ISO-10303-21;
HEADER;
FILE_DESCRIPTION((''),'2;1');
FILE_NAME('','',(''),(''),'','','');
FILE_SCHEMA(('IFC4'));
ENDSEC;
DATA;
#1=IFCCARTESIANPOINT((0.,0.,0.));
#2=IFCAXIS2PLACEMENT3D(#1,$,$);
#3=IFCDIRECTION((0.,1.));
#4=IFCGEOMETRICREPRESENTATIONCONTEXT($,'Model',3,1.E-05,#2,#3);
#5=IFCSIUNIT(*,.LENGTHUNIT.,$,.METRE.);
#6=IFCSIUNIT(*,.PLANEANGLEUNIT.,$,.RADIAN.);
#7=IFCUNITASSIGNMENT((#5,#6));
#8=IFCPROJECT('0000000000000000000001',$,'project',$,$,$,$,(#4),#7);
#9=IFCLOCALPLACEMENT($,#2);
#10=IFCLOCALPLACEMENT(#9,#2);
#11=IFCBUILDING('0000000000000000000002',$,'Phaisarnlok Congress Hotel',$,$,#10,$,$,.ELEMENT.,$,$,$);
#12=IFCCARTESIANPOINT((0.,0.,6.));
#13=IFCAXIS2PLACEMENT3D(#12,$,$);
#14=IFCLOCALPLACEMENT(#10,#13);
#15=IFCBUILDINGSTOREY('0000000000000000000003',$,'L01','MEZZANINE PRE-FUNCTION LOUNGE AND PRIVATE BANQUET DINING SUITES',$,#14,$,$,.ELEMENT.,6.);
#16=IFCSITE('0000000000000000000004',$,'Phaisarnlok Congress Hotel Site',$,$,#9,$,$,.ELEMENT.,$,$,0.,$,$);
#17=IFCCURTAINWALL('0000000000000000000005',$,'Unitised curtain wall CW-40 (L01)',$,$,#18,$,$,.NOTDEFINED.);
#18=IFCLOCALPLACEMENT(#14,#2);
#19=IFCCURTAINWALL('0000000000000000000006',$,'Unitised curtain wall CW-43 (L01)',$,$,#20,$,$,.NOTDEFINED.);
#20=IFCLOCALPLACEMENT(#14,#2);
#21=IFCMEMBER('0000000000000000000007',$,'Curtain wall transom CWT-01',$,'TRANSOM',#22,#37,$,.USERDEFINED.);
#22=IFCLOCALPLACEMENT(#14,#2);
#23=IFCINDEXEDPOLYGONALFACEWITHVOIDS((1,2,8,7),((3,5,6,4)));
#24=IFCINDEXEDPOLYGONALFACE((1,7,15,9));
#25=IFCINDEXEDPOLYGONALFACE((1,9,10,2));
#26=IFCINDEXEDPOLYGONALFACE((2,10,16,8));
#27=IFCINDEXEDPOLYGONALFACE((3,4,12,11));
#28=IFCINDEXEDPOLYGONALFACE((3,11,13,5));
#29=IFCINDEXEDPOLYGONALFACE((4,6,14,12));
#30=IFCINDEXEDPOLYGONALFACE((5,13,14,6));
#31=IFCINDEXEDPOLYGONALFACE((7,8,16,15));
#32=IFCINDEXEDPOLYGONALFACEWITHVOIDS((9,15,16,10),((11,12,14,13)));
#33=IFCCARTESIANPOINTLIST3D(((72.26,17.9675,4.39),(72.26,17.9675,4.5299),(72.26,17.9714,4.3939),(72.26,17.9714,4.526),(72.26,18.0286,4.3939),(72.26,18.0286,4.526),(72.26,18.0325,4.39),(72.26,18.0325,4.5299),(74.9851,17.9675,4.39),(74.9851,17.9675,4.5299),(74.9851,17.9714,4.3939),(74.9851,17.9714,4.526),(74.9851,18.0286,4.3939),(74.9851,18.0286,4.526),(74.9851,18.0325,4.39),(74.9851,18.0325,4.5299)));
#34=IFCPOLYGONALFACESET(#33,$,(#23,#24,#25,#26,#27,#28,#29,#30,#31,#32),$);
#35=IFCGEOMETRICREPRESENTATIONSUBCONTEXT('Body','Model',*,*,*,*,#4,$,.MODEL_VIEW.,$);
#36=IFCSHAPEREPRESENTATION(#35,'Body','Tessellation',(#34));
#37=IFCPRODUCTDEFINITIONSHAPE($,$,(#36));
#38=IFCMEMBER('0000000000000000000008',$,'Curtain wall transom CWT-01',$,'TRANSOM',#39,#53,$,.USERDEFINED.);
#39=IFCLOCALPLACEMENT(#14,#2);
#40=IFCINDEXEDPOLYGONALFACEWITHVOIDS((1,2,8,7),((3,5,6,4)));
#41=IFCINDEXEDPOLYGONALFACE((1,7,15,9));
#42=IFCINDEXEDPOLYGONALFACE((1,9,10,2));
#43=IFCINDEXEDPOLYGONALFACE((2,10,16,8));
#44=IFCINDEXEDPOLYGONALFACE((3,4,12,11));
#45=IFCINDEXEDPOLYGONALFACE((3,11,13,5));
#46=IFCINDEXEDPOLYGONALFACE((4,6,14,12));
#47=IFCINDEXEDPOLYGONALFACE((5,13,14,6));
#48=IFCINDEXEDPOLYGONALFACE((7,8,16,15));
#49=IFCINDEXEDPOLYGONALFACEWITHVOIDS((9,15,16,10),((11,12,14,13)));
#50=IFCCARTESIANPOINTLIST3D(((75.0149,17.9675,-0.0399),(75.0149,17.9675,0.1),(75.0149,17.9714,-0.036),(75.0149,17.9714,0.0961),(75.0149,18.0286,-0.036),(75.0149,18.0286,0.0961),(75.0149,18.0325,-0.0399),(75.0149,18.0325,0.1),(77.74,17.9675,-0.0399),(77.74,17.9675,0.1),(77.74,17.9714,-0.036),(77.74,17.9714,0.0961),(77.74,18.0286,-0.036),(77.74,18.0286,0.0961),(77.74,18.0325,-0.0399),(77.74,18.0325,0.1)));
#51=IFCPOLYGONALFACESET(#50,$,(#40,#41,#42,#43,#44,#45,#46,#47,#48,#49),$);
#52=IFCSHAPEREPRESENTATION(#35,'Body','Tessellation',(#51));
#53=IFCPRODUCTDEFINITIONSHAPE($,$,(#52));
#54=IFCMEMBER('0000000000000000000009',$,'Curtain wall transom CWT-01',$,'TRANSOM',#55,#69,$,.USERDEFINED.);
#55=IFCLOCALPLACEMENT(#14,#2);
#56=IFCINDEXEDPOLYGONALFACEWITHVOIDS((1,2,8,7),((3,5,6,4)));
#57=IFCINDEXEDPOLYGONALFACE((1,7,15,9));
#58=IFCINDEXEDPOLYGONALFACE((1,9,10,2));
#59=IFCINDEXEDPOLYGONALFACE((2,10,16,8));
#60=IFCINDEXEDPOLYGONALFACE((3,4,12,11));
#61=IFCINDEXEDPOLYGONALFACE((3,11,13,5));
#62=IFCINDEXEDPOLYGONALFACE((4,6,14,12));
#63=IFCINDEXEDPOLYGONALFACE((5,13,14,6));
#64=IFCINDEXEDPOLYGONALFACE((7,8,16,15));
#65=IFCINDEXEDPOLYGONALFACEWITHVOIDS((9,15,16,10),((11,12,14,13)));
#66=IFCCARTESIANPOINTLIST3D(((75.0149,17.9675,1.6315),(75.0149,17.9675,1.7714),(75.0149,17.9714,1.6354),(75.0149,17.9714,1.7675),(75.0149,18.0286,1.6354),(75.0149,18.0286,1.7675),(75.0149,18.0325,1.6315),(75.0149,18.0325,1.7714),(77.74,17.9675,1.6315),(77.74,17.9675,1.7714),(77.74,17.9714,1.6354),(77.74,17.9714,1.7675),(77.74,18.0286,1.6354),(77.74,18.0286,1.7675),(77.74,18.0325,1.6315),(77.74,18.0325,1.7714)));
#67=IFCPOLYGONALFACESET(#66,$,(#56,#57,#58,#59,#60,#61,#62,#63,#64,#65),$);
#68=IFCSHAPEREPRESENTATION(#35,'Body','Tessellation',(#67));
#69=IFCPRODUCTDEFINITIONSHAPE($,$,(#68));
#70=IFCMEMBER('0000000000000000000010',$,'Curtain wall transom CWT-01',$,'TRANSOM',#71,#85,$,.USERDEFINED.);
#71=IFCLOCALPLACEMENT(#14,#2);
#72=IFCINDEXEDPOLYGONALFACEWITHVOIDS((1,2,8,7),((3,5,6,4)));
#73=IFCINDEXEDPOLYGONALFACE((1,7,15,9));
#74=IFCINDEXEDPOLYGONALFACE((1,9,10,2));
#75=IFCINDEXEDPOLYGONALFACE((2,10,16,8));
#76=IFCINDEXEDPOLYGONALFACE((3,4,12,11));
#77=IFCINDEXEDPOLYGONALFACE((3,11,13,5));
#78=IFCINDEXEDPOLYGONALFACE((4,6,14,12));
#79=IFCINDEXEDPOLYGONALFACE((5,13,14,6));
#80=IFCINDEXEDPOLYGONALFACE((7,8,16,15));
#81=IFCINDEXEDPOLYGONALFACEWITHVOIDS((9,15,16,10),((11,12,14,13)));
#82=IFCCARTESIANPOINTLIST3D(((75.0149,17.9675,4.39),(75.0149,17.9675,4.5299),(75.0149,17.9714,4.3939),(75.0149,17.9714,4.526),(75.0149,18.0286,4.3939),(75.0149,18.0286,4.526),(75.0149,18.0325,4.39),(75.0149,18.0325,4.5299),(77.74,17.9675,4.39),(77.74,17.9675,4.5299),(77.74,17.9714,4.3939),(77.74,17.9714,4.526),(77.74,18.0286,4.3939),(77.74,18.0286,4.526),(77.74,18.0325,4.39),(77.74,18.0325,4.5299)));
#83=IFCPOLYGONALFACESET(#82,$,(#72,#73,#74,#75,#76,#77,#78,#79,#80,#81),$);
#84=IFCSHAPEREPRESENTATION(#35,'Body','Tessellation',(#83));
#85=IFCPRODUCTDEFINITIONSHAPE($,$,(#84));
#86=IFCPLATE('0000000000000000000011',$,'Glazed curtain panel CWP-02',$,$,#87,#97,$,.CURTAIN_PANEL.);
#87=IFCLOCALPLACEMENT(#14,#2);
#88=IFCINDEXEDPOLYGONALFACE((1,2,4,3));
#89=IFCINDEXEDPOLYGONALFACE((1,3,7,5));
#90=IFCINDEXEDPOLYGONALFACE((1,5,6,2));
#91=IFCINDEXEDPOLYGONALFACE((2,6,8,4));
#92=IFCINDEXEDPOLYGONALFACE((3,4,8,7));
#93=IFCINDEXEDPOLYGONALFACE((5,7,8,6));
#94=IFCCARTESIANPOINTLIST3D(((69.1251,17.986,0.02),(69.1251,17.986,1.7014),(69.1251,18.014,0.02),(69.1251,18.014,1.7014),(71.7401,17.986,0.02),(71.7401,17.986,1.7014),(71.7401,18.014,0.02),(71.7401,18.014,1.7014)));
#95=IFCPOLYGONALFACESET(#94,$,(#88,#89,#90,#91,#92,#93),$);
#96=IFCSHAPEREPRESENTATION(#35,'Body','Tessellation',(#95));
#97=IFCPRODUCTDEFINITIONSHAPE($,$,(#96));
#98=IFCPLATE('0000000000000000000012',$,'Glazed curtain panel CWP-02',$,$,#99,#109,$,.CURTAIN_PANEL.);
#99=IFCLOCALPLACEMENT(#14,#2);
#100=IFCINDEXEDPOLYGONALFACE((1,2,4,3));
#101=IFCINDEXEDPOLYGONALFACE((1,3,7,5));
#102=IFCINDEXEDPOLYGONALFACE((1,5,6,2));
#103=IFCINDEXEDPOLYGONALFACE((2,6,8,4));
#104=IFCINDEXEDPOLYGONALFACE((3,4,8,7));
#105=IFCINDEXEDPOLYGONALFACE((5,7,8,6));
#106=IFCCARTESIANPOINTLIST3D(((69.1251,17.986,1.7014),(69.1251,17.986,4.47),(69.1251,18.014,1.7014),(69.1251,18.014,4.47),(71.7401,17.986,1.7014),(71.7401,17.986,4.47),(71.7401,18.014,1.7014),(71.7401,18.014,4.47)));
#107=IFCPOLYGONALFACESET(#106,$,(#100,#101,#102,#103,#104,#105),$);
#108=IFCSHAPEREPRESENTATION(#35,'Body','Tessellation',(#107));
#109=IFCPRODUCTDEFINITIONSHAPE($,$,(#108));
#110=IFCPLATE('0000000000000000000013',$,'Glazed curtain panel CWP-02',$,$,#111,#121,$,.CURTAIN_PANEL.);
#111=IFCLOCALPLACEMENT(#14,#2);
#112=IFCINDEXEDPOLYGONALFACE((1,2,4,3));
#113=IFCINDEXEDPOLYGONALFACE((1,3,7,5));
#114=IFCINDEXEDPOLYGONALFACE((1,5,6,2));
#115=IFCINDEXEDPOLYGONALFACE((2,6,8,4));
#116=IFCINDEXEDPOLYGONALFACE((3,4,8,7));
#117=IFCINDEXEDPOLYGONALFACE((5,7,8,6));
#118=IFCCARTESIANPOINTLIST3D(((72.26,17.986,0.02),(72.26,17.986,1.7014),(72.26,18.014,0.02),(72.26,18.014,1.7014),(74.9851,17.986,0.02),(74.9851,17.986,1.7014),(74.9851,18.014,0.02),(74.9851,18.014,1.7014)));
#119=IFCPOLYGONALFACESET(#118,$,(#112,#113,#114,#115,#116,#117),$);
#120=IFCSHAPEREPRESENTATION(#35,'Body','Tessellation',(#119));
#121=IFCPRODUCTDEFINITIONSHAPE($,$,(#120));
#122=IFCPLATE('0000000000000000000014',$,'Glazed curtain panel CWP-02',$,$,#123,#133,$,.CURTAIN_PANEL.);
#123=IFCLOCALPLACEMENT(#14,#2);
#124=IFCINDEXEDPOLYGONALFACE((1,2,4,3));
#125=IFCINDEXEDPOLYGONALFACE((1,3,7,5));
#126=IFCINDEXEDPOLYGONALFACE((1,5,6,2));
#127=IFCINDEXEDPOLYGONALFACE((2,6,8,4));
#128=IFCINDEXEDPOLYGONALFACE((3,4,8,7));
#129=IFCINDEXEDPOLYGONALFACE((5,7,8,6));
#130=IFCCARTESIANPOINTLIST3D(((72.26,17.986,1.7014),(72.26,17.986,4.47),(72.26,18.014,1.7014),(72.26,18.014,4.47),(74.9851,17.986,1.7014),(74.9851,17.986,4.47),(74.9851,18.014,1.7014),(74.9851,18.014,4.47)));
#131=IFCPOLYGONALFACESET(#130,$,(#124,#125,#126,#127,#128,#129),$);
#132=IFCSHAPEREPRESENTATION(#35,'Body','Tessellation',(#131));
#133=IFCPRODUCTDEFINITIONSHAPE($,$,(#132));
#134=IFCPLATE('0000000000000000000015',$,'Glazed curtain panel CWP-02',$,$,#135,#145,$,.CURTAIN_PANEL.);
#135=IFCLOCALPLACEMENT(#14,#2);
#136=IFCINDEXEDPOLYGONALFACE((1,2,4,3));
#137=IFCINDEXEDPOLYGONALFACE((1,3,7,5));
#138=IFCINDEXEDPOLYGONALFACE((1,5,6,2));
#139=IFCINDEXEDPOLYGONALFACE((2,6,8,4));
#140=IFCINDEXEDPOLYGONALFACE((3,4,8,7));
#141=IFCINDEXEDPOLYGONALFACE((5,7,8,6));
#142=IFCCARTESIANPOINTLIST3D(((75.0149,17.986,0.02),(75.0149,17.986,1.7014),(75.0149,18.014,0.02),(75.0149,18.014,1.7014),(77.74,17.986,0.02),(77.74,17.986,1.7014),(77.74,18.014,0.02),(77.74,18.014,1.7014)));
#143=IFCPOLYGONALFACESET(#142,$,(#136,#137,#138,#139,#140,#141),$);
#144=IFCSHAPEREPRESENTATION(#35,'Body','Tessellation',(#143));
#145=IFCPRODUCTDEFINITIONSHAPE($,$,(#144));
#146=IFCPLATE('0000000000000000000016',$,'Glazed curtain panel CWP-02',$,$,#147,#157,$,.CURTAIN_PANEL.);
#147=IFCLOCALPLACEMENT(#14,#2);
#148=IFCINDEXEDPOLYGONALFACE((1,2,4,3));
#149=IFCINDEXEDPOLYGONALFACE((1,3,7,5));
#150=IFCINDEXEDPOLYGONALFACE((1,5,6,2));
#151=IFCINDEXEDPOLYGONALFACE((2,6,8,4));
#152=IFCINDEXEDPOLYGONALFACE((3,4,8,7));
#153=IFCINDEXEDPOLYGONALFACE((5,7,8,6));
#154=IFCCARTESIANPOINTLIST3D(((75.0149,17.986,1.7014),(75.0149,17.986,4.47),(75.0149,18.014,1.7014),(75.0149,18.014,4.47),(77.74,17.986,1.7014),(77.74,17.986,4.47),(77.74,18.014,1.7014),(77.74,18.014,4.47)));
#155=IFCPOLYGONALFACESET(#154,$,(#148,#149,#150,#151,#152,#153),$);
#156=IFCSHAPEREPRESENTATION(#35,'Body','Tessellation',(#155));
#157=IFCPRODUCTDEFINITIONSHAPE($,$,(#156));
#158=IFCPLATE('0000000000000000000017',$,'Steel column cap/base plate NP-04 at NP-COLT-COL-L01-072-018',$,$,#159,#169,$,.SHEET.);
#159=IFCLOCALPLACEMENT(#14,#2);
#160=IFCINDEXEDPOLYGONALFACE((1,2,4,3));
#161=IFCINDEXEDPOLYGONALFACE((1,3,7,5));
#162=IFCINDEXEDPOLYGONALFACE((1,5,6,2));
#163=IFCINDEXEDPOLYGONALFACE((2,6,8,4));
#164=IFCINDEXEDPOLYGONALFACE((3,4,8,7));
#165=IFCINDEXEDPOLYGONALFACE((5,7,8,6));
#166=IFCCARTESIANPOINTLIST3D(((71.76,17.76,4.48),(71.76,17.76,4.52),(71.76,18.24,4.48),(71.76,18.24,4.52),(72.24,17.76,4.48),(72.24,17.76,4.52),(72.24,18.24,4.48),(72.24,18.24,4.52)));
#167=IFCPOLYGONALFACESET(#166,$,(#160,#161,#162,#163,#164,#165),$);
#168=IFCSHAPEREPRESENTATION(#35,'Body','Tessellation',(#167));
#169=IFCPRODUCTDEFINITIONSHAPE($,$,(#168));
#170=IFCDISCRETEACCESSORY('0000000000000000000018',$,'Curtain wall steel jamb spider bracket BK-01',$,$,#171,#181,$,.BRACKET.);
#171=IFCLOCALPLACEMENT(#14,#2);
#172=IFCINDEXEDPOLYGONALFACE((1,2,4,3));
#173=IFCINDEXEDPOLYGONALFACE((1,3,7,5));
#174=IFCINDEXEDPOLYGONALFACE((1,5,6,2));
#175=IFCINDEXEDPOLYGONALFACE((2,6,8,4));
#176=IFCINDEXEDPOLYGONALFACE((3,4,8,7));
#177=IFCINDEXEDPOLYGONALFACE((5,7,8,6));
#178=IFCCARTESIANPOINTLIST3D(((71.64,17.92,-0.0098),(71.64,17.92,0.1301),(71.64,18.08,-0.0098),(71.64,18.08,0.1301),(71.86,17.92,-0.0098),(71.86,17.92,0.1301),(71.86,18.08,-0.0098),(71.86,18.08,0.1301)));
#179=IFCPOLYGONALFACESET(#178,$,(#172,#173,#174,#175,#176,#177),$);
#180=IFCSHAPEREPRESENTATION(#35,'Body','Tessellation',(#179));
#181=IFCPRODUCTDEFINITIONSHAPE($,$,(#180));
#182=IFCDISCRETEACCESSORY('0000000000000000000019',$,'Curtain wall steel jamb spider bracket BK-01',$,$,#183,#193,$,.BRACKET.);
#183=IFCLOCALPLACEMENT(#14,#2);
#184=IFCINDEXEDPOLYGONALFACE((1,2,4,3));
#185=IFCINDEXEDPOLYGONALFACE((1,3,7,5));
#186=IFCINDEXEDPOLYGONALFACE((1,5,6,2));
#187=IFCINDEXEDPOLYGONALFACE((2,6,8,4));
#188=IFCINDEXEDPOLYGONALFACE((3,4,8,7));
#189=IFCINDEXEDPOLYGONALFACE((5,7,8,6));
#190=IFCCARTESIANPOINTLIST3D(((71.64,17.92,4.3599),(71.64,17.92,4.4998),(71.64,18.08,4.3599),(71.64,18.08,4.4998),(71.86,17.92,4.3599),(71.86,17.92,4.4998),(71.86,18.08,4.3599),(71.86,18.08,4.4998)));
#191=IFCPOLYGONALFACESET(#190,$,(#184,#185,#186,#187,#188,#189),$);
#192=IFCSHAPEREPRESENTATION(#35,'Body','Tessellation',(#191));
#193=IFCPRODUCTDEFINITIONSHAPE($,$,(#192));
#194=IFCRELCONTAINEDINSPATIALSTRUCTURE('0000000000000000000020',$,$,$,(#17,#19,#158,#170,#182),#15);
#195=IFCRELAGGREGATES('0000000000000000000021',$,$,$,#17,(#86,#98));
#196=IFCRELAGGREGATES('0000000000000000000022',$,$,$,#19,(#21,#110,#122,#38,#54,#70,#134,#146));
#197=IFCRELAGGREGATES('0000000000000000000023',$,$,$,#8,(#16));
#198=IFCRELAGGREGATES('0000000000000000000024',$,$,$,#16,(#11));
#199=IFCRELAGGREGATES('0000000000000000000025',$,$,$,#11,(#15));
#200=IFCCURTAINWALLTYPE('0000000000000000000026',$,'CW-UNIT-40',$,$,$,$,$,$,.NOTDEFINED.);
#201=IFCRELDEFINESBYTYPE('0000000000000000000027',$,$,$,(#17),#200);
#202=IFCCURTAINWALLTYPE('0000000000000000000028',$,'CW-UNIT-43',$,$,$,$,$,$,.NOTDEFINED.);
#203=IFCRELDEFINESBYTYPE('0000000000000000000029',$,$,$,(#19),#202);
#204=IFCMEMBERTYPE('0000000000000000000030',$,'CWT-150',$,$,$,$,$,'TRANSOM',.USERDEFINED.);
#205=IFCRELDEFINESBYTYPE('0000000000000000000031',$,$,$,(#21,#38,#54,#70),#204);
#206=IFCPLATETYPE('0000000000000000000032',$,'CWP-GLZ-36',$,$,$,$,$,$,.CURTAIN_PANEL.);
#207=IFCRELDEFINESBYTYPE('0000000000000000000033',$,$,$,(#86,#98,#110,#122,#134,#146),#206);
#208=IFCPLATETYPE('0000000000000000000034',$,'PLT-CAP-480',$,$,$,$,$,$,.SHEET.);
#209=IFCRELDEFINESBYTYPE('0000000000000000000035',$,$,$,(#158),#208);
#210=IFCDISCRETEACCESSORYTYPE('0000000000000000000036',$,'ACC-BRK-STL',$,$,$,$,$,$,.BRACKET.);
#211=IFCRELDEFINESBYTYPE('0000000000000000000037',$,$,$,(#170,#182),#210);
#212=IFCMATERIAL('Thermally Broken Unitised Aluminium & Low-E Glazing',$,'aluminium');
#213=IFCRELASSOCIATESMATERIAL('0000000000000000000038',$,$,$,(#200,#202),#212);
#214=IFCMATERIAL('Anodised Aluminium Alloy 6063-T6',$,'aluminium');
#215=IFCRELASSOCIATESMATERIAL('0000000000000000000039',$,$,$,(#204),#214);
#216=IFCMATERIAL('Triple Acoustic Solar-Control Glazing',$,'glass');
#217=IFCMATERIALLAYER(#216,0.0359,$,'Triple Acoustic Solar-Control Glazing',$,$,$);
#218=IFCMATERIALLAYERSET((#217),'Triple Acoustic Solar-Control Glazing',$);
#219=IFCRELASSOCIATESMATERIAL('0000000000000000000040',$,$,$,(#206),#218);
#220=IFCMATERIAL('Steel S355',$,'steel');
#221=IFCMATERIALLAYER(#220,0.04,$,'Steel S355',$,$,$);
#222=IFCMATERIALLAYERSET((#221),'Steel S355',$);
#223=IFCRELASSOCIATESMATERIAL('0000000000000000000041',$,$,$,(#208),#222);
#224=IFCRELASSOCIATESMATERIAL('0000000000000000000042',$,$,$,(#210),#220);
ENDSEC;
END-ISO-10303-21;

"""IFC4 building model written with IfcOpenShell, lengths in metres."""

from ifc_helpers import new_model, si_unit, direction, frame, frame_2d, origin, origin_2d, place, context, subcontext, project, spatial, rectangle, hollow_rectangle, extrude, material, layer, layer_set, material_profile, profile_set, type_object, element, aggregate, save


model = new_model("IFC4")

# Units and contexts
model_context = context("Model", 3, precision=1e-05, world=origin(), true_north=direction((0.0, 1.0)))
body_context = subcontext(model_context, "Body", "Model", "MODEL_VIEW")
ifc_project = project(units=[si_unit("LENGTHUNIT", "METRE"), si_unit("PLANEANGLEUNIT", "RADIAN")], contexts=[model_context])

# Site, building, storey
site_placement = place(None, origin())
site = spatial("IfcSite", under=ifc_project, at=site_placement, Name="Phaisarnlok Congress Hotel Site", CompositionType="ELEMENT", RefElevation=0.0)
building_placement = place(site_placement, origin())
building = spatial("IfcBuilding", under=site, at=building_placement, Name="Phaisarnlok Congress Hotel", CompositionType="ELEMENT")
storey_placement = place(building_placement, frame((0.0, 0.0, 6.0)))
storey = spatial("IfcBuildingStorey", under=building, at=storey_placement, Name="L01", Description="MEZZANINE PRE-FUNCTION LOUNGE AND PRIVATE BANQUET DINING SUITES", CompositionType="ELEMENT", Elevation=6.0)

# Shared definitions
ifc_material_1 = material(Name="Steel S355", Category="steel")

# Curtain wall
ifc_material_2 = material(Name="Thermally Broken Unitised Aluminium & Low-E Glazing", Category="aluminium")
curtain_wall_type_1 = type_object("IfcCurtainWallType", Name="CW-UNIT-40", PredefinedType="NOTDEFINED", material=ifc_material_2)
curtain_wall_1_placement = place(storey_placement, origin())
curtain_wall_1 = element("IfcCurtainWall", 1, at=curtain_wall_1_placement, inside=storey, type_object=curtain_wall_type_1, Name="Unitised curtain wall CW-40 (L01)", PredefinedType="NOTDEFINED")
ifc_material_3 = material(Name="Anodised Aluminium Alloy 6063-T6", Category="aluminium")

# Curtain wall
curtain_wall_type_2 = type_object("IfcCurtainWallType", Name="CW-UNIT-43", PredefinedType="NOTDEFINED", material=ifc_material_2)
curtain_wall_2_placement = place(storey_placement, origin())
curtain_wall_2 = element("IfcCurtainWall", 2, at=curtain_wall_2_placement, inside=storey, type_object=curtain_wall_type_2, Name="Unitised curtain wall CW-43 (L01)", PredefinedType="NOTDEFINED")

# Members
ifc_material_profile_1 = material_profile(ifc_material_3, hollow_rectangle(XDim=0.0649, YDim=0.1399, WallThickness=0.0039, at=origin_2d()), Name="ALU-T 65x140x4")
ifc_profile_set_1 = profile_set([ifc_material_profile_1], Name="Anodised Aluminium Alloy 6063-T6")
member_type_1 = type_object("IfcMemberType", Name="CWT-150", ElementType="TRANSOM", PredefinedType="USERDEFINED", material=ifc_profile_set_1)
member_1_placement = place(storey_placement, frame((72.26, 18.0, 4.46), z_axis=(1.0, 0.0, 0.0), x_axis=(0.0, 1.0, 0.0)))
member_1 = element("IfcMember", 3, at=member_1_placement, type_object=member_type_1, Name="Curtain wall transom CWT-01", ObjectType="TRANSOM", PredefinedType="USERDEFINED", context=body_context, shape_type="SweptSolid", body=[
    extrude(hollow_rectangle(XDim=0.0649, YDim=0.1399, WallThickness=0.0039, at=origin_2d()), origin(), (0.0, 0.0, 1.0), 2.7251),
])
member_2_placement = place(storey_placement, frame((75.0149, 18.0, 0.03), z_axis=(1.0, 0.0, 0.0), x_axis=(0.0, 1.0, 0.0)))
member_2 = element("IfcMember", 4, at=member_2_placement, type_object=member_type_1, Name="Curtain wall transom CWT-01", ObjectType="TRANSOM", PredefinedType="USERDEFINED", context=body_context, shape_type="SweptSolid", body=[
    extrude(hollow_rectangle(XDim=0.0649, YDim=0.1399, WallThickness=0.0039, at=origin_2d()), origin(), (0.0, 0.0, 1.0), 2.7251),
])
member_3_placement = place(storey_placement, frame((75.0149, 18.0, 1.7014), z_axis=(1.0, 0.0, 0.0), x_axis=(0.0, 1.0, 0.0)))
member_3 = element("IfcMember", 5, at=member_3_placement, type_object=member_type_1, Name="Curtain wall transom CWT-01", ObjectType="TRANSOM", PredefinedType="USERDEFINED", context=body_context, shape_type="SweptSolid", body=[
    extrude(hollow_rectangle(XDim=0.0649, YDim=0.1399, WallThickness=0.0039, at=origin_2d()), origin(), (0.0, 0.0, 1.0), 2.7251),
])
member_4_placement = place(storey_placement, frame((75.0149, 18.0, 4.46), z_axis=(1.0, 0.0, 0.0), x_axis=(0.0, 1.0, 0.0)))
member_4 = element("IfcMember", 6, at=member_4_placement, type_object=member_type_1, Name="Curtain wall transom CWT-01", ObjectType="TRANSOM", PredefinedType="USERDEFINED", context=body_context, shape_type="SweptSolid", body=[
    extrude(hollow_rectangle(XDim=0.0649, YDim=0.1399, WallThickness=0.0039, at=origin_2d()), origin(), (0.0, 0.0, 1.0), 2.7251),
])

# Plates
ifc_material_4 = material(Name="Triple Acoustic Solar-Control Glazing", Category="glass")
ifc_layer_1 = layer(ifc_material_4, 0.0359, Name="Triple Acoustic Solar-Control Glazing")
ifc_layer_set_1 = layer_set([ifc_layer_1], Name="Triple Acoustic Solar-Control Glazing")
plate_type_1 = type_object("IfcPlateType", Name="CWP-GLZ-36", PredefinedType="CURTAIN_PANEL", material=ifc_layer_set_1)
plate_1_placement = place(storey_placement, frame((69.125, 18.0, 0.02), z_axis=(0.0, 0.0, 1.0), x_axis=(1.0, 0.0, 0.0)))
plate_1 = element("IfcPlate", 7, at=plate_1_placement, type_object=plate_type_1, Name="Glazed curtain panel CWP-02", PredefinedType="CURTAIN_PANEL", context=body_context, shape_type="SweptSolid", body=[
    extrude(rectangle(XDim=2.615, YDim=0.0281, at=frame_2d((1.3076, 0.0))), origin(), (0.0, 0.0, 1.0), 1.6814),
])
plate_2_placement = place(storey_placement, frame((69.125, 18.0, 1.7014), z_axis=(0.0, 0.0, 1.0), x_axis=(1.0, 0.0, 0.0)))
plate_2 = element("IfcPlate", 8, at=plate_2_placement, type_object=plate_type_1, Name="Glazed curtain panel CWP-02", PredefinedType="CURTAIN_PANEL", context=body_context, shape_type="SweptSolid", body=[
    extrude(rectangle(XDim=2.615, YDim=0.0281, at=frame_2d((1.3076, 0.0))), origin(), (0.0, 0.0, 1.0), 2.7686),
])
aggregate(curtain_wall_1, [plate_1, plate_2])
plate_3_placement = place(storey_placement, frame((72.26, 18.0, 0.02), z_axis=(0.0, 0.0, 1.0), x_axis=(1.0, 0.0, 0.0)))
plate_3 = element("IfcPlate", 9, at=plate_3_placement, type_object=plate_type_1, Name="Glazed curtain panel CWP-02", PredefinedType="CURTAIN_PANEL", context=body_context, shape_type="SweptSolid", body=[
    extrude(rectangle(XDim=2.7251, YDim=0.0281, at=frame_2d((1.3625, 0.0))), origin(), (0.0, 0.0, 1.0), 1.6814),
])
plate_4_placement = place(storey_placement, frame((72.26, 18.0, 1.7014), z_axis=(0.0, 0.0, 1.0), x_axis=(1.0, 0.0, 0.0)))
plate_4 = element("IfcPlate", 10, at=plate_4_placement, type_object=plate_type_1, Name="Glazed curtain panel CWP-02", PredefinedType="CURTAIN_PANEL", context=body_context, shape_type="SweptSolid", body=[
    extrude(rectangle(XDim=2.7251, YDim=0.0281, at=frame_2d((1.3625, 0.0))), origin(), (0.0, 0.0, 1.0), 2.7686),
])
plate_5_placement = place(storey_placement, frame((75.0149, 18.0, 0.02), z_axis=(0.0, 0.0, 1.0), x_axis=(1.0, 0.0, 0.0)))
plate_5 = element("IfcPlate", 11, at=plate_5_placement, type_object=plate_type_1, Name="Glazed curtain panel CWP-02", PredefinedType="CURTAIN_PANEL", context=body_context, shape_type="SweptSolid", body=[
    extrude(rectangle(XDim=2.7251, YDim=0.0281, at=frame_2d((1.3625, 0.0))), origin(), (0.0, 0.0, 1.0), 1.6814),
])
plate_6_placement = place(storey_placement, frame((75.0149, 18.0, 1.7014), z_axis=(0.0, 0.0, 1.0), x_axis=(1.0, 0.0, 0.0)))
plate_6 = element("IfcPlate", 12, at=plate_6_placement, type_object=plate_type_1, Name="Glazed curtain panel CWP-02", PredefinedType="CURTAIN_PANEL", context=body_context, shape_type="SweptSolid", body=[
    extrude(rectangle(XDim=2.7251, YDim=0.0281, at=frame_2d((1.3625, 0.0))), origin(), (0.0, 0.0, 1.0), 2.7686),
])
aggregate(curtain_wall_2, [member_1, plate_3, plate_4, member_2, member_3, member_4, plate_5, plate_6])
ifc_layer_2 = layer(ifc_material_1, 0.04, Name="Steel S355")
ifc_layer_set_2 = layer_set([ifc_layer_2], Name="Steel S355")
plate_type_2 = type_object("IfcPlateType", Name="PLT-CAP-480", PredefinedType="SHEET", material=ifc_layer_set_2)
plate_7_placement = place(storey_placement, frame((72.0, 18.0, 4.48), z_axis=(0.0, 0.0, 1.0), x_axis=(1.0, 0.0, 0.0)))
element("IfcPlate", 13, at=plate_7_placement, inside=storey, type_object=plate_type_2, Name="Steel column cap/base plate NP-04 at NP-COLT-COL-L01-072-018", PredefinedType="SHEET", context=body_context, shape_type="SweptSolid", body=[
    extrude(rectangle(XDim=0.48, YDim=0.48, at=origin_2d()), origin(), (0.0, 0.0, 1.0), 0.04),
])

# Discrete accessories
discrete_accessory_type = type_object("IfcDiscreteAccessoryType", Name="ACC-BRK-STL", PredefinedType="BRACKET", material=ifc_material_1)
for number, where, z_axis, x_axis, name in (
    (14, (71.75, 18.0, -0.0098), (0.0, 0.0, 1.0), (1.0, 0.0, 0.0), "Curtain wall steel jamb spider bracket BK-01"),
    (15, (71.75, 18.0, 4.3599), (0.0, 0.0, 1.0), (1.0, 0.0, 0.0), "Curtain wall steel jamb spider bracket BK-01"),
):
    element("IfcDiscreteAccessory", number, at=place(storey_placement, frame(where, z_axis=z_axis, x_axis=x_axis)), inside=storey, type_object=discrete_accessory_type, Name=name, PredefinedType="BRACKET", context=body_context, shape_type="SweptSolid", body=[
        extrude(rectangle(XDim=0.22, YDim=0.1599, at=origin_2d()), origin(), (0.0, 0.0, 1.0), 0.1399),
    ])

save(model, "model.ifc")
